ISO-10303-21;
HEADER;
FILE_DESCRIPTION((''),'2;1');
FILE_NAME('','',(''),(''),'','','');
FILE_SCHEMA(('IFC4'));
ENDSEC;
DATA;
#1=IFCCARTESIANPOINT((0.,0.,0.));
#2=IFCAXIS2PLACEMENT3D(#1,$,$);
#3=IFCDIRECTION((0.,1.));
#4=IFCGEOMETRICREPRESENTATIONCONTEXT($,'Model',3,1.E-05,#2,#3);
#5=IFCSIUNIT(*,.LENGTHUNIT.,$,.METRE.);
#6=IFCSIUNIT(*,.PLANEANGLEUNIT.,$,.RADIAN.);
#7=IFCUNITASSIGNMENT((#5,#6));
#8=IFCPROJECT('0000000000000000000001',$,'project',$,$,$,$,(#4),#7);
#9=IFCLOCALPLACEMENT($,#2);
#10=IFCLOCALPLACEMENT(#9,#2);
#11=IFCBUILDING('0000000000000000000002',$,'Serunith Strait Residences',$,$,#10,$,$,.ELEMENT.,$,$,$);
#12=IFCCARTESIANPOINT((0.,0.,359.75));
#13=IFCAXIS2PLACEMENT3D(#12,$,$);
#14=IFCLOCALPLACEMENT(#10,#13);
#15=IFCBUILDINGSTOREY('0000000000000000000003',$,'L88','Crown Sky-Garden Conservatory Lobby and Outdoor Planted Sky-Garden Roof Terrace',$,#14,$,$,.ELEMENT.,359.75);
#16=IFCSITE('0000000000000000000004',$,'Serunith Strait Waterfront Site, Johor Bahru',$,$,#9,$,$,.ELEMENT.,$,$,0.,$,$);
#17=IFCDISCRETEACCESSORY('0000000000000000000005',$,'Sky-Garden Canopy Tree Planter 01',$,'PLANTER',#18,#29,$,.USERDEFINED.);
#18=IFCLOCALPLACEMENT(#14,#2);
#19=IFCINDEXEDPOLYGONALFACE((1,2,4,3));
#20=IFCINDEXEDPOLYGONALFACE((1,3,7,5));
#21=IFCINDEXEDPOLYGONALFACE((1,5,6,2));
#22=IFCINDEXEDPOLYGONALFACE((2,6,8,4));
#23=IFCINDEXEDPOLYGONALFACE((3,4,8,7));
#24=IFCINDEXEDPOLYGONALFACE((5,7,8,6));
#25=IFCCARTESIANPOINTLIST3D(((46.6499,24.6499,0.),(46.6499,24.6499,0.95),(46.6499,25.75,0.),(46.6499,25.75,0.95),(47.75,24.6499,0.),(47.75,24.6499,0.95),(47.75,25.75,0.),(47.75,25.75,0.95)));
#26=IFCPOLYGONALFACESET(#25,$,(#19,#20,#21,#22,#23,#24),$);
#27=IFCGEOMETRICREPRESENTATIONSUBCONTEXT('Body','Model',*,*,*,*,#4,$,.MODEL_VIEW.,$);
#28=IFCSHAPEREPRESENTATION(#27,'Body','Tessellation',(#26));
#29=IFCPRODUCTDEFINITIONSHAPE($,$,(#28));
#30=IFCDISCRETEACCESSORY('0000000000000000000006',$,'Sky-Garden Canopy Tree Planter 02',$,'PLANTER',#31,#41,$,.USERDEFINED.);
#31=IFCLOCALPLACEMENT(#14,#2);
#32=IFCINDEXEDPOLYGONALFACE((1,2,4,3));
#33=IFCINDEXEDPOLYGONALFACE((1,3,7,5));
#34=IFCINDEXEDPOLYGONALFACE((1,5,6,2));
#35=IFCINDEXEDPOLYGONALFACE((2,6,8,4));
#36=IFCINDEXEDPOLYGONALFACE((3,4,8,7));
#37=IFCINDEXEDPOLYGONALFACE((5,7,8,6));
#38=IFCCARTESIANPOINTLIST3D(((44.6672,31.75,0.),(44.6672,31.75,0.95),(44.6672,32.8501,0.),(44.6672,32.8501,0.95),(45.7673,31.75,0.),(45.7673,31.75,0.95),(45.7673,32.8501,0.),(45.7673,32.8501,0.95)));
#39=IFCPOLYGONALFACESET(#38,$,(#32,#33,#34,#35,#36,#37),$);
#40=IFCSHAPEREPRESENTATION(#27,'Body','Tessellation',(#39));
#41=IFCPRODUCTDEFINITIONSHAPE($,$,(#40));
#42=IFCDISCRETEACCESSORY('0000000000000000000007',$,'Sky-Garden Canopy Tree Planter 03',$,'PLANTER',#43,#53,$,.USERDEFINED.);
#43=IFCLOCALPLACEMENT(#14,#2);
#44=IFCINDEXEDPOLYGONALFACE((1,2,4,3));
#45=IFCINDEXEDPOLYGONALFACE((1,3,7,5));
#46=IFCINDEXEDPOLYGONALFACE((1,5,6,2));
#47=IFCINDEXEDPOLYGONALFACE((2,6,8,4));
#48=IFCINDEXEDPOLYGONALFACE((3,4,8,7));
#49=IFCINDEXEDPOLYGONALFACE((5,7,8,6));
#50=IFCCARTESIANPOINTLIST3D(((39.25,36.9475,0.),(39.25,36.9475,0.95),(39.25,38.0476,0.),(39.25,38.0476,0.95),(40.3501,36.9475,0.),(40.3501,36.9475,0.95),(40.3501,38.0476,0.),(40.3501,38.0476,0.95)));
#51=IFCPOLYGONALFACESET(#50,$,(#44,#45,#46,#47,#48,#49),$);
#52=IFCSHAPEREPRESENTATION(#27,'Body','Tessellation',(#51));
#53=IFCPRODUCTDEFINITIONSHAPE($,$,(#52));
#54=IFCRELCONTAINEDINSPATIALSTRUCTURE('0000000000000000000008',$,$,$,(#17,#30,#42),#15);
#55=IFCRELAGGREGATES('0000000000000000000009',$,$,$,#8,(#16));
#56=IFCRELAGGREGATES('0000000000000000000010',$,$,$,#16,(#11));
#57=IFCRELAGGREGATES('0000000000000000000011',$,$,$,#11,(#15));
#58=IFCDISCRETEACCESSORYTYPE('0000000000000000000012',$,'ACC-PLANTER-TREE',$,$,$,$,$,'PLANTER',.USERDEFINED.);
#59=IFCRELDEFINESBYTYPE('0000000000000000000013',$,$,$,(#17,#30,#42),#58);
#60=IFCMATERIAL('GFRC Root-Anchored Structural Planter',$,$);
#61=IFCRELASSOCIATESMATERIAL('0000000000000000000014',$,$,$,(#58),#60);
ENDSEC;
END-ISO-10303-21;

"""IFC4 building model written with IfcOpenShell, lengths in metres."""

from ifc_helpers import new_model, si_unit, direction, frame, origin, origin_2d, place, context, subcontext, project, spatial, rectangle, extrude, source, transform, mapped, material, type_object, element, save


model = new_model("IFC4")

# Units and contexts
model_context = context("Model", 3, precision=1e-05, world=origin(), true_north=direction((0.0, 1.0)))
body_context = subcontext(model_context, "Body", "Model", "MODEL_VIEW")
ifc_project = project(units=[si_unit("LENGTHUNIT", "METRE"), si_unit("PLANEANGLEUNIT", "RADIAN")], contexts=[model_context])

# Site, building, storey
site_placement = place(None, origin())
site = spatial("IfcSite", under=ifc_project, at=site_placement, Name="Serunith Strait Waterfront Site, Johor Bahru", CompositionType="ELEMENT", RefElevation=0.0)
building_placement = place(site_placement, origin())
building = spatial("IfcBuilding", under=site, at=building_placement, Name="Serunith Strait Residences", CompositionType="ELEMENT")
storey_placement = place(building_placement, frame((0.0, 0.0, 359.75)))
storey = spatial("IfcBuildingStorey", under=building, at=storey_placement, Name="L88", Description="Crown Sky-Garden Conservatory Lobby and Outdoor Planted Sky-Garden Roof Terrace", CompositionType="ELEMENT", Elevation=359.75)

# Discrete accessories
ifc_material_1 = material(Name="GFRC Root-Anchored Structural Planter")
discrete_accessory_type = type_object("IfcDiscreteAccessoryType", Name="ACC-PLANTER-TREE", ElementType="PLANTER", PredefinedType="USERDEFINED", material=ifc_material_1)
shared_shape_1 = source(origin(), body_context, "Body", "SweptSolid", [
    extrude(rectangle(XDim=1.1001, YDim=1.1001, at=origin_2d()), origin(), (0.0, 0.0, 1.0), 0.95),
])
for number, where, z_axis, x_axis, name in (
    (1, (47.2, 25.2, 0.0), (0.0, 0.0, 1.0), (1.0, 0.0, 0.0), "Sky-Garden Canopy Tree Planter 01"),
    (2, (45.2173, 32.3, 0.0), (0.0, 0.0, 1.0), (1.0, 0.0, 0.0), "Sky-Garden Canopy Tree Planter 02"),
    (3, (39.8, 37.4976, 0.0), (0.0, 0.0, 1.0), (1.0, 0.0, 0.0), "Sky-Garden Canopy Tree Planter 03"),
):
    element("IfcDiscreteAccessory", number, at=place(storey_placement, frame(where, z_axis=z_axis, x_axis=x_axis)), inside=storey, type_object=discrete_accessory_type, Name=name, ObjectType="PLANTER", PredefinedType="USERDEFINED", context=body_context, shape_type="MappedRepresentation", body=[
        mapped(shared_shape_1, transform((0.0, 0.0, 0.0), scale=1.0)),
    ])

save(model, "model.ifc")
